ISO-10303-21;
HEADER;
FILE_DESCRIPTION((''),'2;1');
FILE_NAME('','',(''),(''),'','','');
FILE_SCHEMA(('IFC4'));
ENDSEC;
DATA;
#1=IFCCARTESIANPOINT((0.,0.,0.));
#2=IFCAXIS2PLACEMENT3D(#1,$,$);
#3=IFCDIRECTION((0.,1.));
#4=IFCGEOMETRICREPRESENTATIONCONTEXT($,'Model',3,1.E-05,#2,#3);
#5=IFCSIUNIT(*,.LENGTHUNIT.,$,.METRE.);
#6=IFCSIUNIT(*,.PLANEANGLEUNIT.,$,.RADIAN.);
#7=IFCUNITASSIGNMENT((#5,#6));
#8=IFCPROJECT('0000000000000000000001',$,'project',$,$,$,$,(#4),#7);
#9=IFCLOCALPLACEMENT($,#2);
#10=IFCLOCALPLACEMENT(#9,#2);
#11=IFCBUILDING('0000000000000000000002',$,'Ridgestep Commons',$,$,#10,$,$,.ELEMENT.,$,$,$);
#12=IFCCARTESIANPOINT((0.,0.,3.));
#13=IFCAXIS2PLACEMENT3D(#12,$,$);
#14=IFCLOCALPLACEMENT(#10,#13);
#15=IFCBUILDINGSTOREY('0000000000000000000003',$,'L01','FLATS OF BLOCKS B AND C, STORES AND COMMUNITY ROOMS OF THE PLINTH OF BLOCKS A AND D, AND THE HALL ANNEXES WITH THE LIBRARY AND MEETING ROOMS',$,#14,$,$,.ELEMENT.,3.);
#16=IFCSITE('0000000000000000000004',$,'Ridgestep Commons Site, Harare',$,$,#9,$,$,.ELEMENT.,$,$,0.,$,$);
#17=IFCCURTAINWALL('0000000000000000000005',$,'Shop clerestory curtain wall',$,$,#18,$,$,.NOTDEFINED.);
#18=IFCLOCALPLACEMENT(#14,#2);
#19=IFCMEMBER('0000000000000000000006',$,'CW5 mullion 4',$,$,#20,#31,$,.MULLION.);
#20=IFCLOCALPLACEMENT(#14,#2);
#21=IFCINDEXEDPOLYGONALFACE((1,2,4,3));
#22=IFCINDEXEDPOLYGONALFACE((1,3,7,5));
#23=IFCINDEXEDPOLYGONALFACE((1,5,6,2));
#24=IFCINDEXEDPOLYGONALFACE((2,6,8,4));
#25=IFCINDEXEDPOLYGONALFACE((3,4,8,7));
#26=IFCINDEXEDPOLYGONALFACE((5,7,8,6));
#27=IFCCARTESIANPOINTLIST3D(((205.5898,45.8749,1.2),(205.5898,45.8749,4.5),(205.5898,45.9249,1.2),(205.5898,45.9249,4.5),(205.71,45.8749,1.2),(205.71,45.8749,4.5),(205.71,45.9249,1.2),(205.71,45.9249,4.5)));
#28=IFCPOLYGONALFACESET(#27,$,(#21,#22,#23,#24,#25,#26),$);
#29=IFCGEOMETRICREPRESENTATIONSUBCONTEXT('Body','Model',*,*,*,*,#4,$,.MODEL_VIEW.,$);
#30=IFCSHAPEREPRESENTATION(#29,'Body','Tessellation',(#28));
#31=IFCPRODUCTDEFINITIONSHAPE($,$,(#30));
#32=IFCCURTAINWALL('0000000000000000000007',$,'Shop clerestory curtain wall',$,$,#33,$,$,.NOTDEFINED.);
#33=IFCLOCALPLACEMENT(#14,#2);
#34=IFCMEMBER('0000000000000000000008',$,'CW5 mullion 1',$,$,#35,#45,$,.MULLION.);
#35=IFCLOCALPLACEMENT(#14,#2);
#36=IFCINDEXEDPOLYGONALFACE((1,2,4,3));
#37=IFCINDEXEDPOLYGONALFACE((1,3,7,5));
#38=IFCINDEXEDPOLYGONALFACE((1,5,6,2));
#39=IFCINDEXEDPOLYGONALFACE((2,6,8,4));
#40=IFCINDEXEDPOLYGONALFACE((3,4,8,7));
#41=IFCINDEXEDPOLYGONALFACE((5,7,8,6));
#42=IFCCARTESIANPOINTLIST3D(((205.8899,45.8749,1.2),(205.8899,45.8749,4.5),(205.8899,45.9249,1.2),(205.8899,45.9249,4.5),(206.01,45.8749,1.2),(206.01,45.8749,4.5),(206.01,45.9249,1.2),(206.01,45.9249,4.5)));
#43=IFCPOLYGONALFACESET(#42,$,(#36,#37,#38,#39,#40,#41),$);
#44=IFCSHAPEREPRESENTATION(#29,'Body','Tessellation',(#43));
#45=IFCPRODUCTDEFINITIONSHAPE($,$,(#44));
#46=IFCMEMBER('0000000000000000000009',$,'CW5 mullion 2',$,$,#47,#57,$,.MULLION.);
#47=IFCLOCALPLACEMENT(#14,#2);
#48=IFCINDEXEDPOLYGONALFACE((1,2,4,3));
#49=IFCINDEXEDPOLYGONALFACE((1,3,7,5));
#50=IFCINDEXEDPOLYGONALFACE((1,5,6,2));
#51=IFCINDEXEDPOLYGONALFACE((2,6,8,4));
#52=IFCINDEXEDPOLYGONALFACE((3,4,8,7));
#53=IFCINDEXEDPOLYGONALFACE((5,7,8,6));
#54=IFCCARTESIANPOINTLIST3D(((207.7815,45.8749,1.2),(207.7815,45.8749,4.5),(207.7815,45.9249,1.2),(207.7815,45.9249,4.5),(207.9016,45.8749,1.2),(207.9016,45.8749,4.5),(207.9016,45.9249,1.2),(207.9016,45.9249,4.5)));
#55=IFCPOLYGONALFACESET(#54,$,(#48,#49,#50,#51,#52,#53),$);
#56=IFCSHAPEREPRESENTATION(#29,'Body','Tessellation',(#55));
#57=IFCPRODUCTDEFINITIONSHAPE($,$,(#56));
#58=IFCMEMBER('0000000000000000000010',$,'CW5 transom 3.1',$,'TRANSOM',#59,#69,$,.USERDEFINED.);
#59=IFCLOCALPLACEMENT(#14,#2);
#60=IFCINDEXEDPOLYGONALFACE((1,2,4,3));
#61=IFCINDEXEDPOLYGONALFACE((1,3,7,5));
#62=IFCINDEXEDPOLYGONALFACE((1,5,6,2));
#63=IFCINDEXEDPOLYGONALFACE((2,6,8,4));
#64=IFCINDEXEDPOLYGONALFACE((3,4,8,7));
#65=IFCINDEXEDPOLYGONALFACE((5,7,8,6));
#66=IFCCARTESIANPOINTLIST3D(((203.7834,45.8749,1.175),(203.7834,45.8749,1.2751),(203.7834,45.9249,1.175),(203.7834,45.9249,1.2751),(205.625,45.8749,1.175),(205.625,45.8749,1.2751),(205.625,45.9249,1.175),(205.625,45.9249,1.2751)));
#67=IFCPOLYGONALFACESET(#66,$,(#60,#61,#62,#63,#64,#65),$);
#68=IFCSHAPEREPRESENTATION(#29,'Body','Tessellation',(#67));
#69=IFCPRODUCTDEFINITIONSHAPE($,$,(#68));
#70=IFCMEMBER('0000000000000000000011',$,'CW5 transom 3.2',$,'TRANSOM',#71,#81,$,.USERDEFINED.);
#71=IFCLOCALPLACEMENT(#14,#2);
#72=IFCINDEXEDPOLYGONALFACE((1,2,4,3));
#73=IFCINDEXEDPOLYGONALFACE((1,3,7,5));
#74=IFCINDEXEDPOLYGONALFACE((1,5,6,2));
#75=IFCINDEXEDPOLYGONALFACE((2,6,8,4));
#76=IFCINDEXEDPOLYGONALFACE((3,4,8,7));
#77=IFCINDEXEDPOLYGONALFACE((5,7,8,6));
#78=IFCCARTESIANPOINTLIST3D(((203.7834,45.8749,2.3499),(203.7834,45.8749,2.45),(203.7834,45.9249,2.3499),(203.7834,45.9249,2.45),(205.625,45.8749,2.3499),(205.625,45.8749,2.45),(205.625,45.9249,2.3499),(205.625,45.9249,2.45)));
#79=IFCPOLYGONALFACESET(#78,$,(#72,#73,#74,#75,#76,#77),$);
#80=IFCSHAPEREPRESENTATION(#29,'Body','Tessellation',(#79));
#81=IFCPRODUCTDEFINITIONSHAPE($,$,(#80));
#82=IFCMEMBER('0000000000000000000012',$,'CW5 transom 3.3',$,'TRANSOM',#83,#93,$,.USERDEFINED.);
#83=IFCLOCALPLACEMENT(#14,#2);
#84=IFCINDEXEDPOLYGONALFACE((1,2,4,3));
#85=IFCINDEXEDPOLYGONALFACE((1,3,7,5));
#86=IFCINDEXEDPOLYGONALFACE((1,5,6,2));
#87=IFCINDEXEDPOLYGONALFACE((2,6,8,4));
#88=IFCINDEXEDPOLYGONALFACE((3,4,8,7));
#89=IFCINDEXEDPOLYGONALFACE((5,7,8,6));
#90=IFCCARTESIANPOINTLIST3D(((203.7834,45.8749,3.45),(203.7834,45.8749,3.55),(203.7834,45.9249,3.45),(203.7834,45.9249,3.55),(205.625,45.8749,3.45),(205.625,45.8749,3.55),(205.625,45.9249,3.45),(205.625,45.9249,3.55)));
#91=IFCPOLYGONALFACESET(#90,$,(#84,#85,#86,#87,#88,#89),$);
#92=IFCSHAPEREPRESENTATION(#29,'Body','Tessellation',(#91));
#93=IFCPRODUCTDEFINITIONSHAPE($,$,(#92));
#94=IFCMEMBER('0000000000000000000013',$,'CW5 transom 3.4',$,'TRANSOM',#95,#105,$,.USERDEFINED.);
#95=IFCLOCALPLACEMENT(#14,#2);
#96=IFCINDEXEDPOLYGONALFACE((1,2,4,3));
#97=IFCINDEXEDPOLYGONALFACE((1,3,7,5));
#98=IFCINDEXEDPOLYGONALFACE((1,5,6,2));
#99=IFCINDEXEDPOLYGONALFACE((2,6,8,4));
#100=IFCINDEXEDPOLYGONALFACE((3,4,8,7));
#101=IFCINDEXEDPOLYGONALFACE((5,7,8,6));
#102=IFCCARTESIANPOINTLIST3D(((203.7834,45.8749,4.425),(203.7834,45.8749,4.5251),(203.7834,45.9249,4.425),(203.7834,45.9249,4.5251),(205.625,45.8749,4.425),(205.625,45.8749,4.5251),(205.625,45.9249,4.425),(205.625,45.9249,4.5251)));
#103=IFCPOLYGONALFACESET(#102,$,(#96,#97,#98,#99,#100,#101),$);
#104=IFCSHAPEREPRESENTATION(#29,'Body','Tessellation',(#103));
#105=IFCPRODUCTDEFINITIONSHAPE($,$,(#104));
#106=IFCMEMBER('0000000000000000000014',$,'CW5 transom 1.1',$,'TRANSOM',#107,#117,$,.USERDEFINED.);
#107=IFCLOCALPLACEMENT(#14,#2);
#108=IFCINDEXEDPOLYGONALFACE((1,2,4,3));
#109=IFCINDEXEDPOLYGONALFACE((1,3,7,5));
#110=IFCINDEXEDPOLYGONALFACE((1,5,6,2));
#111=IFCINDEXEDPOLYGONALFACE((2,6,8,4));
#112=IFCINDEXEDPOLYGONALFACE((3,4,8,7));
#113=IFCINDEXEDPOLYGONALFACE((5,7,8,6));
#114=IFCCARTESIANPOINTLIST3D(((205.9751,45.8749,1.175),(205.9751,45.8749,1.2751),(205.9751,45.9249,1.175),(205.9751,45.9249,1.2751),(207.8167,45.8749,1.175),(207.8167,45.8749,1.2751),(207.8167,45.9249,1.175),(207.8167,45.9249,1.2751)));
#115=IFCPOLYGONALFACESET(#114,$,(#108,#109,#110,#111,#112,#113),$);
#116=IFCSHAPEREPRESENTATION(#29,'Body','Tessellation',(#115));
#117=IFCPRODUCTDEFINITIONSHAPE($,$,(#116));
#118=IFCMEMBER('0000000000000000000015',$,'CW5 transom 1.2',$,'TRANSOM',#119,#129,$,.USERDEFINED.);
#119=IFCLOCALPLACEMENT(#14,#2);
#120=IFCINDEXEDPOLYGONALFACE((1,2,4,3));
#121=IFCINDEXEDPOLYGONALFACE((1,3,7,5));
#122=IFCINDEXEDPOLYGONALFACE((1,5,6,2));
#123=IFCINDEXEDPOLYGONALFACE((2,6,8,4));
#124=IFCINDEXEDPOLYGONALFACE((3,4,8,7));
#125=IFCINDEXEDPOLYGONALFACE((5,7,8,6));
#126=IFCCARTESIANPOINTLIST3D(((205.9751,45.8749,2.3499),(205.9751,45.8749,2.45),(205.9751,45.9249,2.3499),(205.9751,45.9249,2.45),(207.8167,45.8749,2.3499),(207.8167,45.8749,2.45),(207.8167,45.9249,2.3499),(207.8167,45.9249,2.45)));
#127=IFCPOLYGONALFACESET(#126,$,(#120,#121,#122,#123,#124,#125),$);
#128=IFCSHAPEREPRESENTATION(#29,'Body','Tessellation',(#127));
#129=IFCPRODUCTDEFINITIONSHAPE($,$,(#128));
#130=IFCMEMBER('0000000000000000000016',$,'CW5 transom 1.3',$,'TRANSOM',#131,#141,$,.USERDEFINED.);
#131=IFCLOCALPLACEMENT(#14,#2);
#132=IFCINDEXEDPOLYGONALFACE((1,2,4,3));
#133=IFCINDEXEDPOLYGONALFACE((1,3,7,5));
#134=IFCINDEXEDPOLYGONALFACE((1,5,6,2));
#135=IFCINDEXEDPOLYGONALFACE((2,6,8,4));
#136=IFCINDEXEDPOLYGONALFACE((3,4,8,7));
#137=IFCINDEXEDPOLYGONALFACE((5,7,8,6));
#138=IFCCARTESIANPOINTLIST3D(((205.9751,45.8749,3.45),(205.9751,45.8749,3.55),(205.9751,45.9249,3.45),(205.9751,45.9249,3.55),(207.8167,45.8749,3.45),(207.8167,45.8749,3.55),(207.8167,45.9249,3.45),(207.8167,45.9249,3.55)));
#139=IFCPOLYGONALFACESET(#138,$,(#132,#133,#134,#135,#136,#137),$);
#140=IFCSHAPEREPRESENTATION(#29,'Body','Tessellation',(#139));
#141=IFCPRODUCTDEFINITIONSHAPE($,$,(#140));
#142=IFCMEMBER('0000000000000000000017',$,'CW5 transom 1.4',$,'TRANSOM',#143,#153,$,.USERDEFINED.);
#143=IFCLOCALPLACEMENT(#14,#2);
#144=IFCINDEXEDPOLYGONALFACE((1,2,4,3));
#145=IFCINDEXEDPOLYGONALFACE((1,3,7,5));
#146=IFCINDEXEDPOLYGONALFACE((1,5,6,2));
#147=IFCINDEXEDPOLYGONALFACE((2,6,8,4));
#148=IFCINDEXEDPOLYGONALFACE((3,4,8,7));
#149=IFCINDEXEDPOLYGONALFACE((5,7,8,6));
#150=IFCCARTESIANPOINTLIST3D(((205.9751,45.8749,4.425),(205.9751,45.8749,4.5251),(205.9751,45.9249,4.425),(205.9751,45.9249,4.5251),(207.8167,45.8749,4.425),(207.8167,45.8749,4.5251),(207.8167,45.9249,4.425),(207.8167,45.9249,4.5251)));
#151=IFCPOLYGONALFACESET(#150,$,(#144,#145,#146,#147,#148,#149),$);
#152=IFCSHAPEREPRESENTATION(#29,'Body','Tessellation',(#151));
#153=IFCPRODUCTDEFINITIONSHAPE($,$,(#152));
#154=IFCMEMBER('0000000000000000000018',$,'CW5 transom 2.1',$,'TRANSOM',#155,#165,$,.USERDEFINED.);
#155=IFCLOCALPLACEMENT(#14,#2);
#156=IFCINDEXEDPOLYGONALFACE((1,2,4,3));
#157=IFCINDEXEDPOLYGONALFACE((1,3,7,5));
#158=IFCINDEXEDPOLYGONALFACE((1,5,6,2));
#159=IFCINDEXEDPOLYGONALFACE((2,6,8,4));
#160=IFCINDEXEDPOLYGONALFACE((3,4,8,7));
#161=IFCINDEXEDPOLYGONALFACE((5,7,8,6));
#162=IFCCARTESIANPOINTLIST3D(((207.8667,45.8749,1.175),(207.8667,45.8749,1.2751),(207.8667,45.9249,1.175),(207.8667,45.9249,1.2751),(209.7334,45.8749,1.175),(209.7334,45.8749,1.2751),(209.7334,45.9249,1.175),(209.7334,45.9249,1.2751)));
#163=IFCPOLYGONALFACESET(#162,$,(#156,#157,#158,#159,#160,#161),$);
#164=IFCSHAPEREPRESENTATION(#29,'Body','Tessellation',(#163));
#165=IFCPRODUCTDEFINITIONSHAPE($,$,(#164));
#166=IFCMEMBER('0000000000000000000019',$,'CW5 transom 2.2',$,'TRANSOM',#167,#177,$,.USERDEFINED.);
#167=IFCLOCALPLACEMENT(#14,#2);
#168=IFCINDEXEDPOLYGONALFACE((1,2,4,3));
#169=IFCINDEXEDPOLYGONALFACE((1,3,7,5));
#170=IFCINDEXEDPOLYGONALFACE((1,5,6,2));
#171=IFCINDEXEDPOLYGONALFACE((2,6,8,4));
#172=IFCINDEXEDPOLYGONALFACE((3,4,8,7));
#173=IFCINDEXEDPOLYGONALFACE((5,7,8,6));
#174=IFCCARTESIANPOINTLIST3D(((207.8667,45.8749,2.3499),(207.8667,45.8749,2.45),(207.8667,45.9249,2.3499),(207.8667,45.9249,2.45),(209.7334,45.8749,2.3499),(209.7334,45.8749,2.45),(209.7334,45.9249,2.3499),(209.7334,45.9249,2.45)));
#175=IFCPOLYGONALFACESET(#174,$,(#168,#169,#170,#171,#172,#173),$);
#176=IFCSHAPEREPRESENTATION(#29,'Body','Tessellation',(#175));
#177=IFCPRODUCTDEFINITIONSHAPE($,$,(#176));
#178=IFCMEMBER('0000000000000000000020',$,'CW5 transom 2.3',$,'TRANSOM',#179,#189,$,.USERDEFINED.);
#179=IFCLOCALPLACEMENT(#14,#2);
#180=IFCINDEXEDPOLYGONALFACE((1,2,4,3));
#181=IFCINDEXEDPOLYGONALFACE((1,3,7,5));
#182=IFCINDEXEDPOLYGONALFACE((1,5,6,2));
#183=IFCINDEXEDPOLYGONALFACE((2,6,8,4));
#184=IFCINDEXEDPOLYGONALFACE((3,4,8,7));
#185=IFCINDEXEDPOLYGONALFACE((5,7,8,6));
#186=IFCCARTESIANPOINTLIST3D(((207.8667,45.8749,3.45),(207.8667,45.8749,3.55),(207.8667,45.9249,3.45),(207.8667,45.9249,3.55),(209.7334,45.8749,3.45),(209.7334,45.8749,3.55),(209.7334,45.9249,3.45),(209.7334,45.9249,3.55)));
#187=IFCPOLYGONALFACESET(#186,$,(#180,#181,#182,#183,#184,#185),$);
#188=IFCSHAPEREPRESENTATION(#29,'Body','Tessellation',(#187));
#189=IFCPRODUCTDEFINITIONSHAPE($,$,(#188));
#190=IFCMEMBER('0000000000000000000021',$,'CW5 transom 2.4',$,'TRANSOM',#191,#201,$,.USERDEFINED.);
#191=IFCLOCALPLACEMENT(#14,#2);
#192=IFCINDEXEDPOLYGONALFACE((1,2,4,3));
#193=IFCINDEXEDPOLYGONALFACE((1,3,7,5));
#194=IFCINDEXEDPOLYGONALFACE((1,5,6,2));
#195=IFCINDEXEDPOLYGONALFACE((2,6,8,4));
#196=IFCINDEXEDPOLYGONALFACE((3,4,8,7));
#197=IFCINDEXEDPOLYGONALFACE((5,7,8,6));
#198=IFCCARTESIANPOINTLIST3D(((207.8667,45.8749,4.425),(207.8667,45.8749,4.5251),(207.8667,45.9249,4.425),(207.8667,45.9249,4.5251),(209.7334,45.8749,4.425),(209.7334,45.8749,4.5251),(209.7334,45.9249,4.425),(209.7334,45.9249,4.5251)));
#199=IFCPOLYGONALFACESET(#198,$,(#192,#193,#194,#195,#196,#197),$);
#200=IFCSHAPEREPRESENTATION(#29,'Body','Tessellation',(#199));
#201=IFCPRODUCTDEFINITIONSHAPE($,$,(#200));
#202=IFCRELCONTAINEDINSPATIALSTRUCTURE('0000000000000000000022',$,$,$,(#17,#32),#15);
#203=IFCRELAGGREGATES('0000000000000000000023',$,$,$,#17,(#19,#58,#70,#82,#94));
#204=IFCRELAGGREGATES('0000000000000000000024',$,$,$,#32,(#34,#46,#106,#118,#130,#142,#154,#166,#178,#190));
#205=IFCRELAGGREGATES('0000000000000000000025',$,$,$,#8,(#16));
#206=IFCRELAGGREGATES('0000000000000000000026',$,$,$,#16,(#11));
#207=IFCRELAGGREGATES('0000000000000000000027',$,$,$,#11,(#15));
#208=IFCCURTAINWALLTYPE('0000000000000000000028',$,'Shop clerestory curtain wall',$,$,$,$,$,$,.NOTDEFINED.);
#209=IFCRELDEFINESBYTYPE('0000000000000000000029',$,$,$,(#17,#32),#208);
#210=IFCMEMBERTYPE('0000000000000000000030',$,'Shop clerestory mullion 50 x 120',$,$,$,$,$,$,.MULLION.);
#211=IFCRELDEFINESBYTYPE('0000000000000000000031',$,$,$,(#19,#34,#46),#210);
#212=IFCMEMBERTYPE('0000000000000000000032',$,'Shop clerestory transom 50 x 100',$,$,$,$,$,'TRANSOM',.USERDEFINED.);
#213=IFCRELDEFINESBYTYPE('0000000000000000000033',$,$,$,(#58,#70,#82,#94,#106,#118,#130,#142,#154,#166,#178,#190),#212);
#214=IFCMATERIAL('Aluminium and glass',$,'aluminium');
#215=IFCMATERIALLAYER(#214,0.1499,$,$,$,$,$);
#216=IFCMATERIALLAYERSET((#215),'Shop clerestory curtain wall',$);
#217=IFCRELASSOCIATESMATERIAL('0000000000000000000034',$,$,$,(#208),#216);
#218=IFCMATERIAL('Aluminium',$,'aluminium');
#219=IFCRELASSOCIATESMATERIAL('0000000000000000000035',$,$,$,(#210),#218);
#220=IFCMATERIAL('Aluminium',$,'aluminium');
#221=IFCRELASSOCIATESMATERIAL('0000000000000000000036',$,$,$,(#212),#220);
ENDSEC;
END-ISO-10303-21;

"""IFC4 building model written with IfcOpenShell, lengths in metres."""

from ifc_helpers import new_model, si_unit, direction, frame, origin, origin_2d, place, context, subcontext, project, spatial, rectangle, extrude, material, layer, layer_set, material_profile, profile_set, type_object, element, aggregate, save


model = new_model("IFC4")

# Units and contexts
model_context = context("Model", 3, precision=1e-05, world=origin(), true_north=direction((0.0, 1.0)))
body_context = subcontext(model_context, "Body", "Model", "MODEL_VIEW")
ifc_project = project(units=[si_unit("LENGTHUNIT", "METRE"), si_unit("PLANEANGLEUNIT", "RADIAN")], contexts=[model_context])

# Site, building, storey
site_placement = place(None, origin())
site = spatial("IfcSite", under=ifc_project, at=site_placement, Name="Ridgestep Commons Site, Harare", CompositionType="ELEMENT", RefElevation=0.0)
building_placement = place(site_placement, origin())
building = spatial("IfcBuilding", under=site, at=building_placement, Name="Ridgestep Commons", CompositionType="ELEMENT")
storey_placement = place(building_placement, frame((0.0, 0.0, 3.0)))
storey = spatial("IfcBuildingStorey", under=building, at=storey_placement, Name="L01", Description="FLATS OF BLOCKS B AND C, STORES AND COMMUNITY ROOMS OF THE PLINTH OF BLOCKS A AND D, AND THE HALL ANNEXES WITH THE LIBRARY AND MEETING ROOMS", CompositionType="ELEMENT", Elevation=3.0)

# Curtain wall, member
ifc_material_1 = material(Name="Aluminium and glass", Category="aluminium")
ifc_layer_1 = layer(ifc_material_1, 0.1499)
ifc_layer_set_1 = layer_set([ifc_layer_1], Name="Shop clerestory curtain wall")
curtain_wall_type = type_object("IfcCurtainWallType", Name="Shop clerestory curtain wall", PredefinedType="NOTDEFINED", material=ifc_layer_set_1)
curtain_wall_1_placement = place(storey_placement, origin())
curtain_wall_1 = element("IfcCurtainWall", 1, at=curtain_wall_1_placement, inside=storey, type_object=curtain_wall_type, Name="Shop clerestory curtain wall", PredefinedType="NOTDEFINED")
ifc_material_2 = material(Name="Aluminium", Category="aluminium")
ifc_material_profile_1 = material_profile(ifc_material_2, rectangle(XDim=0.05, YDim=0.1201, at=origin_2d()), Name="Shop clerestory mullion 50 x 120")
ifc_profile_set_1 = profile_set([ifc_material_profile_1], Name="Aluminium")
member_type_1 = type_object("IfcMemberType", Name="Shop clerestory mullion 50 x 120", PredefinedType="MULLION", material=ifc_profile_set_1)
member_1_placement = place(storey_placement, frame((205.6499, 45.8999, 1.2), z_axis=(0.0, 0.0, 1.0), x_axis=(0.0, 1.0, 0.0)))
member_1 = element("IfcMember", 2, at=member_1_placement, type_object=member_type_1, Name="CW5 mullion 4", PredefinedType="MULLION", context=body_context, shape_type="SweptSolid", body=[
    extrude(rectangle(XDim=0.05, YDim=0.1201, at=origin_2d()), origin(), (0.0, 0.0, 1.0), 3.3),
])

# Curtain wall, members
curtain_wall_2_placement = place(storey_placement, origin())
curtain_wall_2 = element("IfcCurtainWall", 3, at=curtain_wall_2_placement, inside=storey, type_object=curtain_wall_type, Name="Shop clerestory curtain wall", PredefinedType="NOTDEFINED")
member_2_placement = place(storey_placement, frame((205.95, 45.8999, 1.2), z_axis=(0.0, 0.0, 1.0), x_axis=(0.0, 1.0, 0.0)))
member_2 = element("IfcMember", 4, at=member_2_placement, type_object=member_type_1, Name="CW5 mullion 1", PredefinedType="MULLION", context=body_context, shape_type="SweptSolid", body=[
    extrude(rectangle(XDim=0.05, YDim=0.1201, at=origin_2d()), origin(), (0.0, 0.0, 1.0), 3.3),
])
member_3_placement = place(storey_placement, frame((207.8416, 45.8999, 1.2), z_axis=(0.0, 0.0, 1.0), x_axis=(0.0, 1.0, 0.0)))
member_3 = element("IfcMember", 5, at=member_3_placement, type_object=member_type_1, Name="CW5 mullion 2", PredefinedType="MULLION", context=body_context, shape_type="SweptSolid", body=[
    extrude(rectangle(XDim=0.05, YDim=0.1201, at=origin_2d()), origin(), (0.0, 0.0, 1.0), 3.3),
])

# Members
ifc_material_3 = material(Name="Aluminium", Category="aluminium")
ifc_material_profile_2 = material_profile(ifc_material_3, rectangle(XDim=0.05, YDim=0.1001, at=origin_2d()), Name="Shop clerestory transom 50 x 100")
ifc_profile_set_2 = profile_set([ifc_material_profile_2], Name="Aluminium")
member_type_2 = type_object("IfcMemberType", Name="Shop clerestory transom 50 x 100", ElementType="TRANSOM", PredefinedType="USERDEFINED", material=ifc_profile_set_2)
member_4_placement = place(storey_placement, frame((203.7834, 45.8999, 1.2251), z_axis=(1.0, 0.0, 0.0), x_axis=(0.0, 1.0, 0.0)))
member_4 = element("IfcMember", 6, at=member_4_placement, type_object=member_type_2, Name="CW5 transom 3.1", ObjectType="TRANSOM", PredefinedType="USERDEFINED", context=body_context, shape_type="SweptSolid", body=[
    extrude(rectangle(XDim=0.05, YDim=0.1001, at=origin_2d()), origin(), (0.0, 0.0, 1.0), 1.8416),
])
member_5_placement = place(storey_placement, frame((203.7834, 45.8999, 2.3999), z_axis=(1.0, 0.0, 0.0), x_axis=(0.0, 1.0, 0.0)))
member_5 = element("IfcMember", 7, at=member_5_placement, type_object=member_type_2, Name="CW5 transom 3.2", ObjectType="TRANSOM", PredefinedType="USERDEFINED", context=body_context, shape_type="SweptSolid", body=[
    extrude(rectangle(XDim=0.05, YDim=0.1001, at=origin_2d()), origin(), (0.0, 0.0, 1.0), 1.8416),
])
member_6_placement = place(storey_placement, frame((203.7834, 45.8999, 3.5), z_axis=(1.0, 0.0, 0.0), x_axis=(0.0, 1.0, 0.0)))
member_6 = element("IfcMember", 8, at=member_6_placement, type_object=member_type_2, Name="CW5 transom 3.3", ObjectType="TRANSOM", PredefinedType="USERDEFINED", context=body_context, shape_type="SweptSolid", body=[
    extrude(rectangle(XDim=0.05, YDim=0.1001, at=origin_2d()), origin(), (0.0, 0.0, 1.0), 1.8416),
])
member_7_placement = place(storey_placement, frame((203.7834, 45.8999, 4.4751), z_axis=(1.0, 0.0, 0.0), x_axis=(0.0, 1.0, 0.0)))
member_7 = element("IfcMember", 9, at=member_7_placement, type_object=member_type_2, Name="CW5 transom 3.4", ObjectType="TRANSOM", PredefinedType="USERDEFINED", context=body_context, shape_type="SweptSolid", body=[
    extrude(rectangle(XDim=0.05, YDim=0.1001, at=origin_2d()), origin(), (0.0, 0.0, 1.0), 1.8416),
])
member_8_placement = place(storey_placement, frame((205.9751, 45.8999, 1.2251), z_axis=(1.0, 0.0, 0.0), x_axis=(0.0, 1.0, 0.0)))
member_8 = element("IfcMember", 10, at=member_8_placement, type_object=member_type_2, Name="CW5 transom 1.1", ObjectType="TRANSOM", PredefinedType="USERDEFINED", context=body_context, shape_type="SweptSolid", body=[
    extrude(rectangle(XDim=0.05, YDim=0.1001, at=origin_2d()), origin(), (0.0, 0.0, 1.0), 1.8416),
])
member_9_placement = place(storey_placement, frame((205.9751, 45.8999, 2.3999), z_axis=(1.0, 0.0, 0.0), x_axis=(0.0, 1.0, 0.0)))
member_9 = element("IfcMember", 11, at=member_9_placement, type_object=member_type_2, Name="CW5 transom 1.2", ObjectType="TRANSOM", PredefinedType="USERDEFINED", context=body_context, shape_type="SweptSolid", body=[
    extrude(rectangle(XDim=0.05, YDim=0.1001, at=origin_2d()), origin(), (0.0, 0.0, 1.0), 1.8416),
])
member_10_placement = place(storey_placement, frame((205.9751, 45.8999, 3.5), z_axis=(1.0, 0.0, 0.0), x_axis=(0.0, 1.0, 0.0)))
member_10 = element("IfcMember", 12, at=member_10_placement, type_object=member_type_2, Name="CW5 transom 1.3", ObjectType="TRANSOM", PredefinedType="USERDEFINED", context=body_context, shape_type="SweptSolid", body=[
    extrude(rectangle(XDim=0.05, YDim=0.1001, at=origin_2d()), origin(), (0.0, 0.0, 1.0), 1.8416),
])
member_11_placement = place(storey_placement, frame((205.9751, 45.8999, 4.4751), z_axis=(1.0, 0.0, 0.0), x_axis=(0.0, 1.0, 0.0)))
member_11 = element("IfcMember", 13, at=member_11_placement, type_object=member_type_2, Name="CW5 transom 1.4", ObjectType="TRANSOM", PredefinedType="USERDEFINED", context=body_context, shape_type="SweptSolid", body=[
    extrude(rectangle(XDim=0.05, YDim=0.1001, at=origin_2d()), origin(), (0.0, 0.0, 1.0), 1.8416),
])
member_12_placement = place(storey_placement, frame((207.8667, 45.8999, 1.2251), z_axis=(1.0, 0.0, 0.0), x_axis=(0.0, 1.0, 0.0)))
member_12 = element("IfcMember", 14, at=member_12_placement, type_object=member_type_2, Name="CW5 transom 2.1", ObjectType="TRANSOM", PredefinedType="USERDEFINED", context=body_context, shape_type="SweptSolid", body=[
    extrude(rectangle(XDim=0.05, YDim=0.1001, at=origin_2d()), origin(), (0.0, 0.0, 1.0), 1.8667),
])
member_13_placement = place(storey_placement, frame((207.8667, 45.8999, 2.3999), z_axis=(1.0, 0.0, 0.0), x_axis=(0.0, 1.0, 0.0)))
member_13 = element("IfcMember", 15, at=member_13_placement, type_object=member_type_2, Name="CW5 transom 2.2", ObjectType="TRANSOM", PredefinedType="USERDEFINED", context=body_context, shape_type="SweptSolid", body=[
    extrude(rectangle(XDim=0.05, YDim=0.1001, at=origin_2d()), origin(), (0.0, 0.0, 1.0), 1.8667),
])
member_14_placement = place(storey_placement, frame((207.8667, 45.8999, 3.5), z_axis=(1.0, 0.0, 0.0), x_axis=(0.0, 1.0, 0.0)))
member_14 = element("IfcMember", 16, at=member_14_placement, type_object=member_type_2, Name="CW5 transom 2.3", ObjectType="TRANSOM", PredefinedType="USERDEFINED", context=body_context, shape_type="SweptSolid", body=[
    extrude(rectangle(XDim=0.05, YDim=0.1001, at=origin_2d()), origin(), (0.0, 0.0, 1.0), 1.8667),
])
member_15_placement = place(storey_placement, frame((207.8667, 45.8999, 4.4751), z_axis=(1.0, 0.0, 0.0), x_axis=(0.0, 1.0, 0.0)))
member_15 = element("IfcMember", 17, at=member_15_placement, type_object=member_type_2, Name="CW5 transom 2.4", ObjectType="TRANSOM", PredefinedType="USERDEFINED", context=body_context, shape_type="SweptSolid", body=[
    extrude(rectangle(XDim=0.05, YDim=0.1001, at=origin_2d()), origin(), (0.0, 0.0, 1.0), 1.8667),
])

aggregate(curtain_wall_1, [member_1, member_4, member_5, member_6, member_7])
aggregate(curtain_wall_2, [member_2, member_3, member_8, member_9, member_10, member_11, member_12, member_13, member_14, member_15])

save(model, "model.ifc")
